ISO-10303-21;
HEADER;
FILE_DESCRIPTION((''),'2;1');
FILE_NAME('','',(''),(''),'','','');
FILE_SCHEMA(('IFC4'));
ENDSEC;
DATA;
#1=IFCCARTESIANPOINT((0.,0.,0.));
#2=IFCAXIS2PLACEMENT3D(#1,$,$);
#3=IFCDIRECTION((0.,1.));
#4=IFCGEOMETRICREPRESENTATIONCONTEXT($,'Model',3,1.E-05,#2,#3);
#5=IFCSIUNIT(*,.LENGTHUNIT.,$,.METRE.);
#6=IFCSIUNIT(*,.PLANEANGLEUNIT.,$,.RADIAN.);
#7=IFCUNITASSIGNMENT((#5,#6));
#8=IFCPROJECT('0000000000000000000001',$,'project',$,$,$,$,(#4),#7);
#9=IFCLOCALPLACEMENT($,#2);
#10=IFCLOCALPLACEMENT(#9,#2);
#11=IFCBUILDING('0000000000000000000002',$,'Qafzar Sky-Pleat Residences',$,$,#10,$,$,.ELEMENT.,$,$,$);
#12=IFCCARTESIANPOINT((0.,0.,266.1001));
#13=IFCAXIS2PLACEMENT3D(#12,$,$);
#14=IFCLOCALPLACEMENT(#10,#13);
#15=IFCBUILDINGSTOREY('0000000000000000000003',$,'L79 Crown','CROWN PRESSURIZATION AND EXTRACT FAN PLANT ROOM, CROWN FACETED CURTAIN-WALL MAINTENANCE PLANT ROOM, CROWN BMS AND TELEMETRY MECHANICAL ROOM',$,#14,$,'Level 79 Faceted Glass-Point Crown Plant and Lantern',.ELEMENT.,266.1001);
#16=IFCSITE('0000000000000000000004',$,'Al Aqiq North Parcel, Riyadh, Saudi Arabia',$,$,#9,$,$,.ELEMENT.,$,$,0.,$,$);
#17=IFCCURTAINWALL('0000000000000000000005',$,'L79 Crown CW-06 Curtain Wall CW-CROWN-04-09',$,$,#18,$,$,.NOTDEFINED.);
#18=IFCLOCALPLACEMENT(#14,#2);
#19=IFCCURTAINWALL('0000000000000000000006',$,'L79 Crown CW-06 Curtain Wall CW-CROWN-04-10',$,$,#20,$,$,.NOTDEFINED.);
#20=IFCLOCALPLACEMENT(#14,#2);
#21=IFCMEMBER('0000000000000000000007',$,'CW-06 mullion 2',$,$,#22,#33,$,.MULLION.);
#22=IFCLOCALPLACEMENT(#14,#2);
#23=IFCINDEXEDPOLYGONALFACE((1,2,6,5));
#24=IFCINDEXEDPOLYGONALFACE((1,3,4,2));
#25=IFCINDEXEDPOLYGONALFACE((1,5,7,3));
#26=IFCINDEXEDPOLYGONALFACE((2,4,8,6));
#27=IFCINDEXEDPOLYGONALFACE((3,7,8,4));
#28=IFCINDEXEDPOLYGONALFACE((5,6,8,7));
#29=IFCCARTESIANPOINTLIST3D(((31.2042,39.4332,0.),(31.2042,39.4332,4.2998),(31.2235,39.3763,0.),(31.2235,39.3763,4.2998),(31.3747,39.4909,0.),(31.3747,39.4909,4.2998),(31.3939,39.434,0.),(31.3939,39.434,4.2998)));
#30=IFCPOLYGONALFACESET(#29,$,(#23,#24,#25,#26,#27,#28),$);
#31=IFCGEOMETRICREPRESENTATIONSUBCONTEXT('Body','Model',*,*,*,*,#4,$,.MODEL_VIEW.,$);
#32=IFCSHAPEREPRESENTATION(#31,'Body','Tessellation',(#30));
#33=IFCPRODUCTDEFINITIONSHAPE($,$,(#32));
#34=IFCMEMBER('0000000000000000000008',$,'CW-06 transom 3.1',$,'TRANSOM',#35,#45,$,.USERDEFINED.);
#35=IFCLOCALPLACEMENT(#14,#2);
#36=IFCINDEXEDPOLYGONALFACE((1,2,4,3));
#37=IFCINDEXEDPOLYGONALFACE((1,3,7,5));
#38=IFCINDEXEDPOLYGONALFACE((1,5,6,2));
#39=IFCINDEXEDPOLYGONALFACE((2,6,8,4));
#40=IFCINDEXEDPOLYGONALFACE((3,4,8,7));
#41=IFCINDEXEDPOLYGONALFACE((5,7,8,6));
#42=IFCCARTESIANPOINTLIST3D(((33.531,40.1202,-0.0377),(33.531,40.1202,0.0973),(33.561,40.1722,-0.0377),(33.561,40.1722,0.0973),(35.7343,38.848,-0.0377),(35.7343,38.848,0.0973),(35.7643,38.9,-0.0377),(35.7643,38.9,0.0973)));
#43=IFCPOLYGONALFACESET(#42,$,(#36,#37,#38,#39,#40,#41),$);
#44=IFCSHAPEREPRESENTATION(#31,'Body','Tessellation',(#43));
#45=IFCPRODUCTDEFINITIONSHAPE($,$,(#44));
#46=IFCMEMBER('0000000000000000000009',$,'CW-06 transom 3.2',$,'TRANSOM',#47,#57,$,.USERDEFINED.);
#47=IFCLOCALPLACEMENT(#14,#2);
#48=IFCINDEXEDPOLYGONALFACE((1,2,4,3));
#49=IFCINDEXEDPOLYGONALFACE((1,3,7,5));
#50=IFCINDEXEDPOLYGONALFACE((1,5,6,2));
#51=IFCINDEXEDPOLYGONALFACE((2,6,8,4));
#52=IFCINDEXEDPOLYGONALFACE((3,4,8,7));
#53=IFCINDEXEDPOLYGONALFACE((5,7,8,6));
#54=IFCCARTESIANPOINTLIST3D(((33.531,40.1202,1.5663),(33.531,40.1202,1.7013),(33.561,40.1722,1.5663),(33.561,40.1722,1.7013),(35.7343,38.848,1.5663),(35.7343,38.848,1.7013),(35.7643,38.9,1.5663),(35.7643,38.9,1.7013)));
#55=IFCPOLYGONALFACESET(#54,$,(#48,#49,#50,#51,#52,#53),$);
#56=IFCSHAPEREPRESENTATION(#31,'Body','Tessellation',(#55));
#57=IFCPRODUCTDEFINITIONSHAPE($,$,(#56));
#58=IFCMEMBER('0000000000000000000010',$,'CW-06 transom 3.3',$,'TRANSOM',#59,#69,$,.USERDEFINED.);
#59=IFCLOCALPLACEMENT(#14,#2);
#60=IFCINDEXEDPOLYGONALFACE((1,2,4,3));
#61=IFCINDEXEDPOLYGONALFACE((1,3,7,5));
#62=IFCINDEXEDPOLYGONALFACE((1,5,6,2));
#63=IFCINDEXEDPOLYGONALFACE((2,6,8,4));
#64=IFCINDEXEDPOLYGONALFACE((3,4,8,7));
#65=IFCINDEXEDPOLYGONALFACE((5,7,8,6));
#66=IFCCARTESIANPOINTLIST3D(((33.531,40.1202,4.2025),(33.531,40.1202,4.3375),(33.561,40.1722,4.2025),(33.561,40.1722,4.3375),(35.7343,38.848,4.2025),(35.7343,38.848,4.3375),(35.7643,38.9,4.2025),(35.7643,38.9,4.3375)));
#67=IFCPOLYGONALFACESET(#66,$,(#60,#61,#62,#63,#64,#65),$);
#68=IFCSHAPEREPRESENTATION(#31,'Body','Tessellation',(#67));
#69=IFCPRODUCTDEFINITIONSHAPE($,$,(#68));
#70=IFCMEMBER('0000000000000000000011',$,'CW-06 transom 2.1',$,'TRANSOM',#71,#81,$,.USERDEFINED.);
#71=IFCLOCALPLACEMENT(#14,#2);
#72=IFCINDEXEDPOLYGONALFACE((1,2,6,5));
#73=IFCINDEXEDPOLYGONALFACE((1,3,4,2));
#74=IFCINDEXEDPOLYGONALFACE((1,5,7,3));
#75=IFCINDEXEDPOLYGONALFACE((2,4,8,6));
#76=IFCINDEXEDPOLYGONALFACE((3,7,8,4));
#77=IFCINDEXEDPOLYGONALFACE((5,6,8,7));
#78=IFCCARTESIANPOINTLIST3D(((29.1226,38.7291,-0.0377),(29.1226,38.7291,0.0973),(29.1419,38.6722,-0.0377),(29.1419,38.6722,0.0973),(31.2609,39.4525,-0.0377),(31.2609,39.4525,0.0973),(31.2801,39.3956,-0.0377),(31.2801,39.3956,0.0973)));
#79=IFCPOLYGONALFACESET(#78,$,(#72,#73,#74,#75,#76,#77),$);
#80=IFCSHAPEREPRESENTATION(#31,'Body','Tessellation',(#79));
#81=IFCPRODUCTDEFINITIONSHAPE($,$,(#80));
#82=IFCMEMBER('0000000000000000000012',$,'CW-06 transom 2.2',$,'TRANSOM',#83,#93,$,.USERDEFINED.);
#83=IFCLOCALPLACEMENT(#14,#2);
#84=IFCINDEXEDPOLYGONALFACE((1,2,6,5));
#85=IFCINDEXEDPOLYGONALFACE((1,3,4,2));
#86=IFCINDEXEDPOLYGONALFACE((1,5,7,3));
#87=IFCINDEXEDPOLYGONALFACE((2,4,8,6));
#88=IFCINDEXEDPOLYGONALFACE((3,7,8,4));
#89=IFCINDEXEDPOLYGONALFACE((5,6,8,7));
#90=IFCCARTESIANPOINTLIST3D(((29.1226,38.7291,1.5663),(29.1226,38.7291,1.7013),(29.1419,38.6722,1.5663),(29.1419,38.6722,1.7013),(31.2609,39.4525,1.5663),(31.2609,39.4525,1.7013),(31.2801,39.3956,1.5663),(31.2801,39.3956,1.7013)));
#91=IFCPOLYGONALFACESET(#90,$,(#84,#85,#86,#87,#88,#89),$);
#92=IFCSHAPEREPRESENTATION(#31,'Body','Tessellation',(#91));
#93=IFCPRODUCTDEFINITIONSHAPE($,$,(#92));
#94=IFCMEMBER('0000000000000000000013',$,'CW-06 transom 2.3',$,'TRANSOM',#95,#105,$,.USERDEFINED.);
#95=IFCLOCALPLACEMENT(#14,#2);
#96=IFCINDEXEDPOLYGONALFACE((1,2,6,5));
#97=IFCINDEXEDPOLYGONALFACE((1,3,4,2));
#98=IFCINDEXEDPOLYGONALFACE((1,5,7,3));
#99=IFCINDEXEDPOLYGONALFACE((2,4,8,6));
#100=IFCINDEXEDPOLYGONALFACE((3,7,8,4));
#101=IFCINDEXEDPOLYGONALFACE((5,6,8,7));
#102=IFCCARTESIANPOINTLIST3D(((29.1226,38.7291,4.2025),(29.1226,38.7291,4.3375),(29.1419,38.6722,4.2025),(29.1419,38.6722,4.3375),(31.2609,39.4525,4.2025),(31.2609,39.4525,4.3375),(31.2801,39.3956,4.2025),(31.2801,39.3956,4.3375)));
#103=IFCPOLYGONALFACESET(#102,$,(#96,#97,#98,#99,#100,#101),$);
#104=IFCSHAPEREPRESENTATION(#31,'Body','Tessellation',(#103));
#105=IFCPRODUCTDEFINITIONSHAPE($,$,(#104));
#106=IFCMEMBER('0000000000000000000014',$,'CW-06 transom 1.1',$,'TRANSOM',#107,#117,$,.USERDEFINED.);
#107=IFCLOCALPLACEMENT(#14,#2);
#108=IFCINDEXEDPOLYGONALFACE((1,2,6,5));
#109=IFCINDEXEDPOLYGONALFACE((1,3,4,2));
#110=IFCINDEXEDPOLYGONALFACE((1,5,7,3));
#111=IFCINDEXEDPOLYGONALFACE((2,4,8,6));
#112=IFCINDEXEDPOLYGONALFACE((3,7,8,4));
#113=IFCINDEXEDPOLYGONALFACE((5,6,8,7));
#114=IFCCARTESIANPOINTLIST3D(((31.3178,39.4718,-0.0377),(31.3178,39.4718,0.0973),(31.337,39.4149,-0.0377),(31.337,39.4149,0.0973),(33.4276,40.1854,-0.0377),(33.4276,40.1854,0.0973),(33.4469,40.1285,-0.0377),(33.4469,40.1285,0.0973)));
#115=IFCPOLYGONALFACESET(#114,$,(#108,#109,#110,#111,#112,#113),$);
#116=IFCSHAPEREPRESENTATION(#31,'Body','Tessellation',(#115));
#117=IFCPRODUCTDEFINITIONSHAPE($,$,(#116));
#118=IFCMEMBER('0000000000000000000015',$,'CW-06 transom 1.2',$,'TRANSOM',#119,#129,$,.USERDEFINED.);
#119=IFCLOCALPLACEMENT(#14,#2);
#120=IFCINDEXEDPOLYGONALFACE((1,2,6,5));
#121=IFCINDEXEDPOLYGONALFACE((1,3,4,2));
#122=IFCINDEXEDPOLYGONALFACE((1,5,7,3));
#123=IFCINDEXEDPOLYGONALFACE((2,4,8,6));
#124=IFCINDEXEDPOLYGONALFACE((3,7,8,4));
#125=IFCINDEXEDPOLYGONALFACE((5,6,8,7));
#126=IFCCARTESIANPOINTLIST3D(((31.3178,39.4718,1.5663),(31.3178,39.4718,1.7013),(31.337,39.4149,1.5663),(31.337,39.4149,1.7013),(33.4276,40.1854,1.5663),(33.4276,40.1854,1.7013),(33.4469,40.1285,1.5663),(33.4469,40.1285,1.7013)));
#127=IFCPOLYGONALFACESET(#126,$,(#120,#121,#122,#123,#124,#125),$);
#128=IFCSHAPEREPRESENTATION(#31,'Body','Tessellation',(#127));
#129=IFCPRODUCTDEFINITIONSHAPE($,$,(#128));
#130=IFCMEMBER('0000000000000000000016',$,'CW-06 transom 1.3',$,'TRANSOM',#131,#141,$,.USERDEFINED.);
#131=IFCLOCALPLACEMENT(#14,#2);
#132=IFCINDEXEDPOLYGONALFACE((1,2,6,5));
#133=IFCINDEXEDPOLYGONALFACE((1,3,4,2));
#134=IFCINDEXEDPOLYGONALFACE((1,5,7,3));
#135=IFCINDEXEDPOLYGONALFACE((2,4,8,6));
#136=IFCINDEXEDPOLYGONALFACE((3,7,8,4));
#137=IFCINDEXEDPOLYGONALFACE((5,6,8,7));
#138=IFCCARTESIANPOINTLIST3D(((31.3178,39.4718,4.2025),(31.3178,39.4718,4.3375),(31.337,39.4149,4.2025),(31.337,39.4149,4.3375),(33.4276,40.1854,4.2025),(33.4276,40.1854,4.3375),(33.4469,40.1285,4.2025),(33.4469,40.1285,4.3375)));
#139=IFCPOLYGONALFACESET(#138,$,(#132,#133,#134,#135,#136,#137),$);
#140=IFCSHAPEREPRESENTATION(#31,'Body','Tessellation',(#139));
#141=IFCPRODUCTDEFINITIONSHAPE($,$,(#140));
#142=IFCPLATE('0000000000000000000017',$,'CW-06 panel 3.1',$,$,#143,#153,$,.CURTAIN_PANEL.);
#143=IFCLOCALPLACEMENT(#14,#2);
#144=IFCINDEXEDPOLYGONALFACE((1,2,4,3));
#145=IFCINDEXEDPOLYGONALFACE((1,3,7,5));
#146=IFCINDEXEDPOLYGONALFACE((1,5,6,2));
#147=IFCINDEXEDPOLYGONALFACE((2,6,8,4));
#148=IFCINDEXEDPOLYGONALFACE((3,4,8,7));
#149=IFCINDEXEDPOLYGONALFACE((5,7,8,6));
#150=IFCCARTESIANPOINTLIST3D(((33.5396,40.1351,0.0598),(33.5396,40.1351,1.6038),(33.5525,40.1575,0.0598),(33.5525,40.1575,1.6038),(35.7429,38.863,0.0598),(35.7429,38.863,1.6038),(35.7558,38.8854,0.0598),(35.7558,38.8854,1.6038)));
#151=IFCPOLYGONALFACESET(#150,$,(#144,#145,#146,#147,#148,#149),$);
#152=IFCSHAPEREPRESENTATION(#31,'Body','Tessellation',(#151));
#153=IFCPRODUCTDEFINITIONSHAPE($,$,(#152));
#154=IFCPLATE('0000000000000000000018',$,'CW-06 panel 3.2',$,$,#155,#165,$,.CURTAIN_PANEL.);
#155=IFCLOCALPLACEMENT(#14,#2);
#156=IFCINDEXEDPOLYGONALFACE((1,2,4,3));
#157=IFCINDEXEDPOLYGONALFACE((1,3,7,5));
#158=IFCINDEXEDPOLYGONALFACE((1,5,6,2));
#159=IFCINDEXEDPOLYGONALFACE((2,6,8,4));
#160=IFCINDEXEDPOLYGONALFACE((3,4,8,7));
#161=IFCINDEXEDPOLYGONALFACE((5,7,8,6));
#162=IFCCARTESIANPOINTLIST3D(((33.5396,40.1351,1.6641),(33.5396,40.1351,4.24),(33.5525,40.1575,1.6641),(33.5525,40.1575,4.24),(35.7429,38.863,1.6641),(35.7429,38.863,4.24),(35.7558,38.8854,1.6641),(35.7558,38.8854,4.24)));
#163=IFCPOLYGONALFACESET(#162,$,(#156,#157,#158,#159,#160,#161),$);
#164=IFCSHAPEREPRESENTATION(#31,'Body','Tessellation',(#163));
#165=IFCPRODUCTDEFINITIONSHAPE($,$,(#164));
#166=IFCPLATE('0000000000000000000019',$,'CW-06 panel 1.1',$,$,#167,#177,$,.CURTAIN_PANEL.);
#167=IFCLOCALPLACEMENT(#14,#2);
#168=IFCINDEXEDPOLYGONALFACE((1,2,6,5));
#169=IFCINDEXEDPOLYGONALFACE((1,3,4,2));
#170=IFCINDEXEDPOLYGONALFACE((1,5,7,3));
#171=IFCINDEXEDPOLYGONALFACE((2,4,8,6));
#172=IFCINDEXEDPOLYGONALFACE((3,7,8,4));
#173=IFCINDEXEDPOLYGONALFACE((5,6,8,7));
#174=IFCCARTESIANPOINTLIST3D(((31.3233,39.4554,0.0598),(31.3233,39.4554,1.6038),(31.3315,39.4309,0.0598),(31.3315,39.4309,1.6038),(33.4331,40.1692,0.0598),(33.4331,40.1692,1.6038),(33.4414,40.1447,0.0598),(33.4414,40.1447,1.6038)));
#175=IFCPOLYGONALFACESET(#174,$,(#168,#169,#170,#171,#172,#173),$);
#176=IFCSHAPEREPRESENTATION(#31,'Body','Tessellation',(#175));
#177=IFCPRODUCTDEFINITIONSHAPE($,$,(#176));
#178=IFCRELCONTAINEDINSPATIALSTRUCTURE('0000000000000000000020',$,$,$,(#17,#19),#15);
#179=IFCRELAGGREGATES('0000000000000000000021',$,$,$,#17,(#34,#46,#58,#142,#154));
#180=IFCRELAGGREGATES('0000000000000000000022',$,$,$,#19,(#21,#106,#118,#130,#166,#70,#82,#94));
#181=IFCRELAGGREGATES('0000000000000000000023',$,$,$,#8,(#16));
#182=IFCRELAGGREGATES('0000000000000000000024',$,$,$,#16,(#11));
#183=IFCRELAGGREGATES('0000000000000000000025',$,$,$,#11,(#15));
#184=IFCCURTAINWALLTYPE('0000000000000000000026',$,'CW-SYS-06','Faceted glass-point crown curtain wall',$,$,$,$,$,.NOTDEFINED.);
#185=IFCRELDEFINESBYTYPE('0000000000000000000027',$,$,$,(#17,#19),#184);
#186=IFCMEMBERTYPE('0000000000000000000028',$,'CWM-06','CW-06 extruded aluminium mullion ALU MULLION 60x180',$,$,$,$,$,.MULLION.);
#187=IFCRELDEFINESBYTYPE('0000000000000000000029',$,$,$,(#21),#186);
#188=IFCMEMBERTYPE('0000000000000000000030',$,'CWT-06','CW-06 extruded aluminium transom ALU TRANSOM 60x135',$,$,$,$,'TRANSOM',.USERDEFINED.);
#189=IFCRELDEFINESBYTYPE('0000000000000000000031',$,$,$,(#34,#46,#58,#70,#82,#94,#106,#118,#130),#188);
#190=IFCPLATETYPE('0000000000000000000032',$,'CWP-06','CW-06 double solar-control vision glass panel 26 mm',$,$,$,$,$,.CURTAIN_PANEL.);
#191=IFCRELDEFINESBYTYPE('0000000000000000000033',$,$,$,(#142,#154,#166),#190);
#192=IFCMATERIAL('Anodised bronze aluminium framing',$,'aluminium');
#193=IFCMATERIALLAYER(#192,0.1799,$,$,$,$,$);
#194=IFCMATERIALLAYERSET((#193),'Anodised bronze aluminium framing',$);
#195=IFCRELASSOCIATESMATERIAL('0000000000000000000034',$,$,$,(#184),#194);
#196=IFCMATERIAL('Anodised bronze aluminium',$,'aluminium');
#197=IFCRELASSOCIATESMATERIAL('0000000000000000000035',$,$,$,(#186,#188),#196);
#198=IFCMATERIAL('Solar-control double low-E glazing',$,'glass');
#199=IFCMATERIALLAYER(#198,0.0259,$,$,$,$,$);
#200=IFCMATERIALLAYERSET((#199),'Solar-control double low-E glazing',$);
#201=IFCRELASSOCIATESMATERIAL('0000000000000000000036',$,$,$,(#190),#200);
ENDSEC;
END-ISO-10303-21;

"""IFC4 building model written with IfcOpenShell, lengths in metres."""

from ifc_helpers import new_model, si_unit, direction, frame, origin, origin_2d, place, context, subcontext, project, spatial, rectangle, extrude, source, transform, mapped, material, layer, layer_set, material_profile, profile_set, type_object, element, aggregate, save


model = new_model("IFC4")

# Units and contexts
model_context = context("Model", 3, precision=1e-05, world=origin(), true_north=direction((0.0, 1.0)))
body_context = subcontext(model_context, "Body", "Model", "MODEL_VIEW")
ifc_project = project(units=[si_unit("LENGTHUNIT", "METRE"), si_unit("PLANEANGLEUNIT", "RADIAN")], contexts=[model_context])

# Site, building, storey
site_placement = place(None, origin())
site = spatial("IfcSite", under=ifc_project, at=site_placement, Name="Al Aqiq North Parcel, Riyadh, Saudi Arabia", CompositionType="ELEMENT", RefElevation=0.0)
building_placement = place(site_placement, origin())
building = spatial("IfcBuilding", under=site, at=building_placement, Name="Qafzar Sky-Pleat Residences", CompositionType="ELEMENT")
storey_placement = place(building_placement, frame((0.0, 0.0, 266.1001)))
storey = spatial("IfcBuildingStorey", under=building, at=storey_placement, Name="L79 Crown", Description="CROWN PRESSURIZATION AND EXTRACT FAN PLANT ROOM, CROWN FACETED CURTAIN-WALL MAINTENANCE PLANT ROOM, CROWN BMS AND TELEMETRY MECHANICAL ROOM", LongName="Level 79 Faceted Glass-Point Crown Plant and Lantern", CompositionType="ELEMENT", Elevation=266.1001)

# Curtain wall
ifc_material_1 = material(Name="Anodised bronze aluminium framing", Category="aluminium")
ifc_layer_1 = layer(ifc_material_1, 0.1799)
ifc_layer_set_1 = layer_set([ifc_layer_1], Name="Anodised bronze aluminium framing")
curtain_wall_type = type_object("IfcCurtainWallType", Name="CW-SYS-06", Description="Faceted glass-point crown curtain wall", PredefinedType="NOTDEFINED", material=ifc_layer_set_1)
curtain_wall_1_placement = place(storey_placement, origin())
curtain_wall_1 = element("IfcCurtainWall", 1, at=curtain_wall_1_placement, inside=storey, type_object=curtain_wall_type, Name="L79 Crown CW-06 Curtain Wall CW-CROWN-04-09", PredefinedType="NOTDEFINED")
ifc_material_2 = material(Name="Anodised bronze aluminium", Category="aluminium")
ifc_material_profile_1 = material_profile(ifc_material_2, rectangle(XDim=0.0601, YDim=0.1799, at=origin_2d()), Name="ALU MULLION 60x180")
ifc_profile_set_1 = profile_set([ifc_material_profile_1], Name="Anodised bronze aluminium")
member_type_1 = type_object("IfcMemberType", Name="CWM-06", Description="CW-06 extruded aluminium mullion ALU MULLION 60x180", PredefinedType="MULLION", material=ifc_profile_set_1)
shared_shape_1 = source(origin(), body_context, "Body", "SweptSolid", [
    extrude(rectangle(XDim=0.0601, YDim=0.1799, at=origin_2d()), origin(), (0.0, 0.0, 1.0), 4.2998),
])

# Curtain wall, member
curtain_wall_2_placement = place(storey_placement, origin())
curtain_wall_2 = element("IfcCurtainWall", 2, at=curtain_wall_2_placement, inside=storey, type_object=curtain_wall_type, Name="L79 Crown CW-06 Curtain Wall CW-CROWN-04-10", PredefinedType="NOTDEFINED")
member_1_placement = place(storey_placement, frame((31.2991, 39.4336, 0.0), z_axis=(0.0, 0.0, 1.0), x_axis=(0.320445, -0.947267, 0.0)))
member_1 = element("IfcMember", 3, at=member_1_placement, type_object=member_type_1, Name="CW-06 mullion 2", PredefinedType="MULLION", context=body_context, shape_type="MappedRepresentation", body=[
    mapped(shared_shape_1, transform((0.0, 0.0, 0.0), x_axis=(1.0, 0.0, 0.0), y_axis=(0.0, 1.0, 0.0), z_axis=(0.0, 0.0, 1.0), scale=1.0)),
])

# Members
ifc_material_profile_2 = material_profile(ifc_material_2, rectangle(XDim=0.0601, YDim=0.135, at=origin_2d()), Name="ALU TRANSOM 60x135")
ifc_profile_set_2 = profile_set([ifc_material_profile_2], Name="Anodised bronze aluminium")
member_type_2 = type_object("IfcMemberType", Name="CWT-06", Description="CW-06 extruded aluminium transom ALU TRANSOM 60x135", ElementType="TRANSOM", PredefinedType="USERDEFINED", material=ifc_profile_set_2)
shared_shape_2 = source(origin(), body_context, "Body", "SweptSolid", [
    extrude(rectangle(XDim=0.0601, YDim=0.135, at=origin_2d()), origin(), (0.0, 0.0, 1.0), 2.5442),
])
member_2_placement = place(storey_placement, frame((35.7493, 38.874, 0.0298), z_axis=(-0.866008, 0.50003, 0.0), x_axis=(-0.50003, -0.866008, 0.0)))
member_2 = element("IfcMember", 4, at=member_2_placement, type_object=member_type_2, Name="CW-06 transom 3.1", ObjectType="TRANSOM", PredefinedType="USERDEFINED", context=body_context, shape_type="MappedRepresentation", body=[
    mapped(shared_shape_2, transform((0.0, 0.0, 0.0), x_axis=(1.0, 0.0, 0.0), y_axis=(0.0, 1.0, 0.0), z_axis=(0.0, 0.0, 1.0), scale=1.0)),
])
member_3_placement = place(storey_placement, frame((35.7493, 38.874, 1.6338), z_axis=(-0.866008, 0.50003, 0.0), x_axis=(-0.50003, -0.866008, 0.0)))
member_3 = element("IfcMember", 5, at=member_3_placement, type_object=member_type_2, Name="CW-06 transom 3.2", ObjectType="TRANSOM", PredefinedType="USERDEFINED", context=body_context, shape_type="MappedRepresentation", body=[
    mapped(shared_shape_2, transform((0.0, 0.0, 0.0), x_axis=(1.0, 0.0, 0.0), y_axis=(0.0, 1.0, 0.0), z_axis=(0.0, 0.0, 1.0), scale=1.0)),
])
member_4_placement = place(storey_placement, frame((35.7493, 38.874, 4.27), z_axis=(-0.866008, 0.50003, 0.0), x_axis=(-0.50003, -0.866008, 0.0)))
member_4 = element("IfcMember", 6, at=member_4_placement, type_object=member_type_2, Name="CW-06 transom 3.3", ObjectType="TRANSOM", PredefinedType="USERDEFINED", context=body_context, shape_type="MappedRepresentation", body=[
    mapped(shared_shape_2, transform((0.0, 0.0, 0.0), x_axis=(1.0, 0.0, 0.0), y_axis=(0.0, 1.0, 0.0), z_axis=(0.0, 0.0, 1.0), scale=1.0)),
])
shared_shape_3 = source(origin(), body_context, "Body", "SweptSolid", [
    extrude(rectangle(XDim=0.0601, YDim=0.135, at=origin_2d()), origin(), (0.0, 0.0, 1.0), 2.2573),
])
member_5_placement = place(storey_placement, frame((31.2705, 39.4241, 0.0298), z_axis=(-0.947257, -0.320475, 0.0), x_axis=(0.320475, -0.947257, 0.0)))
member_5 = element("IfcMember", 7, at=member_5_placement, type_object=member_type_2, Name="CW-06 transom 2.1", ObjectType="TRANSOM", PredefinedType="USERDEFINED", context=body_context, shape_type="MappedRepresentation", body=[
    mapped(shared_shape_3, transform((0.0, 0.0, 0.0), x_axis=(1.0, 0.0, 0.0), y_axis=(0.0, 1.0, 0.0), z_axis=(0.0, 0.0, 1.0), scale=1.0)),
])
member_6_placement = place(storey_placement, frame((31.2705, 39.4241, 1.6338), z_axis=(-0.947257, -0.320475, 0.0), x_axis=(0.320475, -0.947257, 0.0)))
member_6 = element("IfcMember", 8, at=member_6_placement, type_object=member_type_2, Name="CW-06 transom 2.2", ObjectType="TRANSOM", PredefinedType="USERDEFINED", context=body_context, shape_type="MappedRepresentation", body=[
    mapped(shared_shape_3, transform((0.0, 0.0, 0.0), x_axis=(1.0, 0.0, 0.0), y_axis=(0.0, 1.0, 0.0), z_axis=(0.0, 0.0, 1.0), scale=1.0)),
])
member_7_placement = place(storey_placement, frame((31.2705, 39.4241, 4.27), z_axis=(-0.947257, -0.320475, 0.0), x_axis=(0.320475, -0.947257, 0.0)))
member_7 = element("IfcMember", 9, at=member_7_placement, type_object=member_type_2, Name="CW-06 transom 2.3", ObjectType="TRANSOM", PredefinedType="USERDEFINED", context=body_context, shape_type="MappedRepresentation", body=[
    mapped(shared_shape_3, transform((0.0, 0.0, 0.0), x_axis=(1.0, 0.0, 0.0), y_axis=(0.0, 1.0, 0.0), z_axis=(0.0, 0.0, 1.0), scale=1.0)),
])
shared_shape_4 = source(origin(), body_context, "Body", "SweptSolid", [
    extrude(rectangle(XDim=0.0601, YDim=0.135, at=origin_2d()), origin(), (0.0, 0.0, 1.0), 2.2273),
])
member_8_placement = place(storey_placement, frame((33.4373, 40.157, 0.0298), z_axis=(-0.947282, -0.320401, 0.0), x_axis=(0.320401, -0.947282, 0.0)))
member_8 = element("IfcMember", 10, at=member_8_placement, type_object=member_type_2, Name="CW-06 transom 1.1", ObjectType="TRANSOM", PredefinedType="USERDEFINED", context=body_context, shape_type="MappedRepresentation", body=[
    mapped(shared_shape_4, transform((0.0, 0.0, 0.0), x_axis=(1.0, 0.0, 0.0), y_axis=(0.0, 1.0, 0.0), z_axis=(0.0, 0.0, 1.0), scale=1.0)),
])
member_9_placement = place(storey_placement, frame((33.4373, 40.157, 1.6338), z_axis=(-0.947282, -0.320401, 0.0), x_axis=(0.320401, -0.947282, 0.0)))
member_9 = element("IfcMember", 11, at=member_9_placement, type_object=member_type_2, Name="CW-06 transom 1.2", ObjectType="TRANSOM", PredefinedType="USERDEFINED", context=body_context, shape_type="MappedRepresentation", body=[
    mapped(shared_shape_4, transform((0.0, 0.0, 0.0), x_axis=(1.0, 0.0, 0.0), y_axis=(0.0, 1.0, 0.0), z_axis=(0.0, 0.0, 1.0), scale=1.0)),
])
member_10_placement = place(storey_placement, frame((33.4373, 40.157, 4.27), z_axis=(-0.947282, -0.320401, 0.0), x_axis=(0.320401, -0.947282, 0.0)))
member_10 = element("IfcMember", 12, at=member_10_placement, type_object=member_type_2, Name="CW-06 transom 1.3", ObjectType="TRANSOM", PredefinedType="USERDEFINED", context=body_context, shape_type="MappedRepresentation", body=[
    mapped(shared_shape_4, transform((0.0, 0.0, 0.0), x_axis=(1.0, 0.0, 0.0), y_axis=(0.0, 1.0, 0.0), z_axis=(0.0, 0.0, 1.0), scale=1.0)),
])

# Plates
ifc_material_3 = material(Name="Solar-control double low-E glazing", Category="glass")
ifc_layer_2 = layer(ifc_material_3, 0.0259)
ifc_layer_set_2 = layer_set([ifc_layer_2], Name="Solar-control double low-E glazing")
plate_type = type_object("IfcPlateType", Name="CWP-06", Description="CW-06 double solar-control vision glass panel 26 mm", PredefinedType="CURTAIN_PANEL", material=ifc_layer_set_2)
shared_shape_5 = source(origin(), body_context, "Body", "SweptSolid", [
    extrude(rectangle(XDim=2.5442, YDim=0.0259, at=origin_2d()), origin(), (0.0, 0.0, 1.0), 1.5439),
])
plate_1_placement = place(storey_placement, frame((34.6477, 39.5103, 0.0598), z_axis=(0.0, 0.0, 1.0), x_axis=(-0.866025, 0.500001, 0.0)))
plate_1 = element("IfcPlate", 13, at=plate_1_placement, type_object=plate_type, Name="CW-06 panel 3.1", PredefinedType="CURTAIN_PANEL", context=body_context, shape_type="MappedRepresentation", body=[
    mapped(shared_shape_5, transform((0.0, 0.0, 0.0), x_axis=(1.0, 0.0, 0.0), y_axis=(0.0, 1.0, 0.0), z_axis=(0.0, 0.0, 1.0), scale=1.0)),
])
shared_shape_6 = source(origin(), body_context, "Body", "SweptSolid", [
    extrude(rectangle(XDim=2.5442, YDim=0.0259, at=origin_2d()), origin(), (0.0, 0.0, 1.0), 2.5759),
])
plate_2_placement = place(storey_placement, frame((34.6477, 39.5103, 1.6641), z_axis=(0.0, 0.0, 1.0), x_axis=(-0.866025, 0.500001, 0.0)))
plate_2 = element("IfcPlate", 14, at=plate_2_placement, type_object=plate_type, Name="CW-06 panel 3.2", PredefinedType="CURTAIN_PANEL", context=body_context, shape_type="MappedRepresentation", body=[
    mapped(shared_shape_6, transform((0.0, 0.0, 0.0), x_axis=(1.0, 0.0, 0.0), y_axis=(0.0, 1.0, 0.0), z_axis=(0.0, 0.0, 1.0), scale=1.0)),
])
aggregate(curtain_wall_1, [member_2, member_3, member_4, plate_1, plate_2])
shared_shape_7 = source(origin(), body_context, "Body", "SweptSolid", [
    extrude(rectangle(XDim=2.2273, YDim=0.0259, at=origin_2d()), origin(), (0.0, 0.0, 1.0), 1.5439),
])
plate_3_placement = place(storey_placement, frame((32.3823, 39.8, 0.0598), z_axis=(0.0, 0.0, 1.0), x_axis=(-0.947267, -0.320445, 0.0)))
plate_3 = element("IfcPlate", 15, at=plate_3_placement, type_object=plate_type, Name="CW-06 panel 1.1", PredefinedType="CURTAIN_PANEL", context=body_context, shape_type="MappedRepresentation", body=[
    mapped(shared_shape_7, transform((0.0, 0.0, 0.0), x_axis=(1.0, 0.0, 0.0), y_axis=(0.0, 1.0, 0.0), z_axis=(0.0, 0.0, 1.0), scale=1.0)),
])
aggregate(curtain_wall_2, [member_1, member_8, member_9, member_10, plate_3, member_5, member_6, member_7])

save(model, "model.ifc")
